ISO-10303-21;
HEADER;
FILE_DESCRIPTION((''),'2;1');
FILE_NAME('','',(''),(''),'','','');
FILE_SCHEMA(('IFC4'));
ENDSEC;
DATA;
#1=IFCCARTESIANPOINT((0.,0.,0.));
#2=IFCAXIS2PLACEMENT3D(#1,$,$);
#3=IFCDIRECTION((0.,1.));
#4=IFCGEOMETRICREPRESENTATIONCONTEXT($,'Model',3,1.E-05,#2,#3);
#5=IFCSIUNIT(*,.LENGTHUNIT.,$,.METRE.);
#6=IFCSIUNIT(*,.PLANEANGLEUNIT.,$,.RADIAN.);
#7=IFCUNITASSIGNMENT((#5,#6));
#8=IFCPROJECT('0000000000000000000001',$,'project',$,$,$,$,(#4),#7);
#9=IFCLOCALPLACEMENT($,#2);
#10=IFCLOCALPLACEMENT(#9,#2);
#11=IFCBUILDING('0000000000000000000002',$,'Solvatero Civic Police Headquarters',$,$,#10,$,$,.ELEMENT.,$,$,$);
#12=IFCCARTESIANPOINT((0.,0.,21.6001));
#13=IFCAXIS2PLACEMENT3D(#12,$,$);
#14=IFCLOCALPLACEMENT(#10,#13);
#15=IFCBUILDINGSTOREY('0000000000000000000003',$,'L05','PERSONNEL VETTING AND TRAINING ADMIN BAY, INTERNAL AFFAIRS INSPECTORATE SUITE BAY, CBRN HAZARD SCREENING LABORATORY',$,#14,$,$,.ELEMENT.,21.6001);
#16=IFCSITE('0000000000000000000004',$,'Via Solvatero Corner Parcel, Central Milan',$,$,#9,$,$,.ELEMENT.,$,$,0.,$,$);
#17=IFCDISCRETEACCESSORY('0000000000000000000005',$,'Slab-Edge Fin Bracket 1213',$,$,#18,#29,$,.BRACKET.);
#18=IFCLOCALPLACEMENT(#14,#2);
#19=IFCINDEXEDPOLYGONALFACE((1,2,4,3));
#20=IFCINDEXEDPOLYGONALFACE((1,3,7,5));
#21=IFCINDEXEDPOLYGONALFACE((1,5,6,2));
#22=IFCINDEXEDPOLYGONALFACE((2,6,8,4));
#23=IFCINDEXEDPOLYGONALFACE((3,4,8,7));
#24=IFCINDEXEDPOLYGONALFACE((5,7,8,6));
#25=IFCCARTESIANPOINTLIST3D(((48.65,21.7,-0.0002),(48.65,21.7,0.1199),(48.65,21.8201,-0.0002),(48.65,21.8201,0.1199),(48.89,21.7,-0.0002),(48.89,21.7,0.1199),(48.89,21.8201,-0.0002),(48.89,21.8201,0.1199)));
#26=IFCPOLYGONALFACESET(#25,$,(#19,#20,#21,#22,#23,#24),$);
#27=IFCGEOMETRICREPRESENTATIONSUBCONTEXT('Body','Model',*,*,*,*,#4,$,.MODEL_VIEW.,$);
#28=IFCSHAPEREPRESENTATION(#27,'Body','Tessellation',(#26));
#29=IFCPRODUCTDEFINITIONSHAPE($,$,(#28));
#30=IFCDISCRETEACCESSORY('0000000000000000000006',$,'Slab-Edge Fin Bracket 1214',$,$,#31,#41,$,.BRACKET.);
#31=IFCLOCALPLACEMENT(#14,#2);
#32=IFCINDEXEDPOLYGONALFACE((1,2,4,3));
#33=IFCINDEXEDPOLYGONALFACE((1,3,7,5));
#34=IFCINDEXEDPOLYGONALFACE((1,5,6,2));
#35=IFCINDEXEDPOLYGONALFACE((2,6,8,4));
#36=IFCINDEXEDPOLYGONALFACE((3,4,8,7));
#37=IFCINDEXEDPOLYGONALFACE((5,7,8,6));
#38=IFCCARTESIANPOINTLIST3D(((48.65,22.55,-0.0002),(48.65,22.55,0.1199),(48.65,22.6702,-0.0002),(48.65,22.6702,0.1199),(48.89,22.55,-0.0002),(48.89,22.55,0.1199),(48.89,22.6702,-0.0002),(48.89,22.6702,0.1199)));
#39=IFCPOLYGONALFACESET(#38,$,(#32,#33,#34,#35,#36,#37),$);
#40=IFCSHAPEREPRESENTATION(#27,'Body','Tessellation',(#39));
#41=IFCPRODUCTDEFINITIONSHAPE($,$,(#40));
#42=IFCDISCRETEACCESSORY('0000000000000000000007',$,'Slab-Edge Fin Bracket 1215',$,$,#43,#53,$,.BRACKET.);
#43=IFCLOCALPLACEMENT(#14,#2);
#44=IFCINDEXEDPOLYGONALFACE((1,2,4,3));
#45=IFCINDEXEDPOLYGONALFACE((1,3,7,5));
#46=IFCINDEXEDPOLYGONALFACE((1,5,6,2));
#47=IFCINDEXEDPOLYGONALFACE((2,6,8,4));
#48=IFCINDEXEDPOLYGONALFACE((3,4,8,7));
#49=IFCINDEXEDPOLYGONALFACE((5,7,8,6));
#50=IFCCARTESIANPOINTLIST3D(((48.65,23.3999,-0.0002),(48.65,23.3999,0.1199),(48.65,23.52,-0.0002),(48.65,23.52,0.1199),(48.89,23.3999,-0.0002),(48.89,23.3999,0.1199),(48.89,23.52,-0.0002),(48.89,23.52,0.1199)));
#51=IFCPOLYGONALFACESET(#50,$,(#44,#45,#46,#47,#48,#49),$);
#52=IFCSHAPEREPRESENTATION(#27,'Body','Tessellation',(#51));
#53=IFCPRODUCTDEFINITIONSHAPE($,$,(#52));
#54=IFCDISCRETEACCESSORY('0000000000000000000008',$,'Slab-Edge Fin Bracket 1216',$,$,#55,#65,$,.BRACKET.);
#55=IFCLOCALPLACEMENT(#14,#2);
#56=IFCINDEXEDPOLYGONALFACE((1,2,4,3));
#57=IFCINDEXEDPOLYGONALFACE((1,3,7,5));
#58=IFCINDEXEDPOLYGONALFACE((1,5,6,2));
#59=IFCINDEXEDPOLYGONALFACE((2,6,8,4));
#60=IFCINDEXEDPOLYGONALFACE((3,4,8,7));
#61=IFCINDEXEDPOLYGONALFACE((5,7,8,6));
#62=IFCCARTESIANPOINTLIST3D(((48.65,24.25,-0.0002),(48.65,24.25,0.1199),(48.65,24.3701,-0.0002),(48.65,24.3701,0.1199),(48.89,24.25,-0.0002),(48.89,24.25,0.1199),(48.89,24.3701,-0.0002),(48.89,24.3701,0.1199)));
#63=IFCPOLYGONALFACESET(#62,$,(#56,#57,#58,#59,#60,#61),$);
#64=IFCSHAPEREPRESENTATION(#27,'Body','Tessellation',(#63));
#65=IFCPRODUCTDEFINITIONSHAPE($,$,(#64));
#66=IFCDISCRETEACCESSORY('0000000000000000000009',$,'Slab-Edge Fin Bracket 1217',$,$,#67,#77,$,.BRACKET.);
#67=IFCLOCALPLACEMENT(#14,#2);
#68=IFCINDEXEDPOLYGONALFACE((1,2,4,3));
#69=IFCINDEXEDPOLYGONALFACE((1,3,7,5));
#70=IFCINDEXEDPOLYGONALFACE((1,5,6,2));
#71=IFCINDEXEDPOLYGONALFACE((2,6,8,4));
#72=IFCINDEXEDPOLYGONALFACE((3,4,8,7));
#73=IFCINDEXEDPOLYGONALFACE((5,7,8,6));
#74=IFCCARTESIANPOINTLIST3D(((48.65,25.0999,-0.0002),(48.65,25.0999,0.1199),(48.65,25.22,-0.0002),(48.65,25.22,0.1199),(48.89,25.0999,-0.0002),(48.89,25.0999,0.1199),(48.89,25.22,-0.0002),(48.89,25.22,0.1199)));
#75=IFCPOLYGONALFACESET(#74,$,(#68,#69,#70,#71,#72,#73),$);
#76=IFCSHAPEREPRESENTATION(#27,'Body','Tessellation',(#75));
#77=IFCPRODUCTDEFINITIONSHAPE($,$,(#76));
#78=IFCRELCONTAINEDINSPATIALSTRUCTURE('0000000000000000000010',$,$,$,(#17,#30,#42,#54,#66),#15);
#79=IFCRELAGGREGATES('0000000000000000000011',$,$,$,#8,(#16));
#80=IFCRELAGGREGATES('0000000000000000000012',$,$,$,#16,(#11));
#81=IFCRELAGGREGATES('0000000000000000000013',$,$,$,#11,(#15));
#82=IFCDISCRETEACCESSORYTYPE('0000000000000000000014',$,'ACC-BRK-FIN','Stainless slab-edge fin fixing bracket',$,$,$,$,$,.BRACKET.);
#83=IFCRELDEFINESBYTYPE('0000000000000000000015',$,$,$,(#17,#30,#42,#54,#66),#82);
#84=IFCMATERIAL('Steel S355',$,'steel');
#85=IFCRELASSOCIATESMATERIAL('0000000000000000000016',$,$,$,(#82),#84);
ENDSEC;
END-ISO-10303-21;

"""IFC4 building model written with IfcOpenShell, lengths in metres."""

from ifc_helpers import new_model, si_unit, direction, frame, origin, origin_2d, place, context, subcontext, project, spatial, rectangle, extrude, material, type_object, element, save


model = new_model("IFC4")

# Units and contexts
model_context = context("Model", 3, precision=1e-05, world=origin(), true_north=direction((0.0, 1.0)))
body_context = subcontext(model_context, "Body", "Model", "MODEL_VIEW")
ifc_project = project(units=[si_unit("LENGTHUNIT", "METRE"), si_unit("PLANEANGLEUNIT", "RADIAN")], contexts=[model_context])

# Site, building, storey
site_placement = place(None, origin())
site = spatial("IfcSite", under=ifc_project, at=site_placement, Name="Via Solvatero Corner Parcel, Central Milan", CompositionType="ELEMENT", RefElevation=0.0)
building_placement = place(site_placement, origin())
building = spatial("IfcBuilding", under=site, at=building_placement, Name="Solvatero Civic Police Headquarters", CompositionType="ELEMENT")
storey_placement = place(building_placement, frame((0.0, 0.0, 21.6001)))
storey = spatial("IfcBuildingStorey", under=building, at=storey_placement, Name="L05", Description="PERSONNEL VETTING AND TRAINING ADMIN BAY, INTERNAL AFFAIRS INSPECTORATE SUITE BAY, CBRN HAZARD SCREENING LABORATORY", CompositionType="ELEMENT", Elevation=21.6001)

# Discrete accessories
ifc_material_1 = material(Name="Steel S355", Category="steel")
discrete_accessory_type = type_object("IfcDiscreteAccessoryType", Name="ACC-BRK-FIN", Description="Stainless slab-edge fin fixing bracket", PredefinedType="BRACKET", material=ifc_material_1)
for number, where, z_axis, x_axis, name in (
    (1, (48.77, 21.76, -0.0002), (0.0, 0.0, 1.0), (0.0, 1.0, 0.0), "Slab-Edge Fin Bracket 1213"),
    (2, (48.77, 22.6101, -0.0002), (0.0, 0.0, 1.0), (0.0, 1.0, 0.0), "Slab-Edge Fin Bracket 1214"),
    (3, (48.77, 23.46, -0.0002), (0.0, 0.0, 1.0), (0.0, 1.0, 0.0), "Slab-Edge Fin Bracket 1215"),
    (4, (48.77, 24.3101, -0.0002), (0.0, 0.0, 1.0), (0.0, 1.0, 0.0), "Slab-Edge Fin Bracket 1216"),
    (5, (48.77, 25.1599, -0.0002), (0.0, 0.0, 1.0), (0.0, 1.0, 0.0), "Slab-Edge Fin Bracket 1217"),
):
    element("IfcDiscreteAccessory", number, at=place(storey_placement, frame(where, z_axis=z_axis, x_axis=x_axis)), inside=storey, type_object=discrete_accessory_type, Name=name, PredefinedType="BRACKET", context=body_context, shape_type="SweptSolid", body=[
        extrude(rectangle(XDim=0.1201, YDim=0.24, at=origin_2d()), origin(), (0.0, 0.0, 1.0), 0.1201),
    ])

save(model, "model.ifc")
